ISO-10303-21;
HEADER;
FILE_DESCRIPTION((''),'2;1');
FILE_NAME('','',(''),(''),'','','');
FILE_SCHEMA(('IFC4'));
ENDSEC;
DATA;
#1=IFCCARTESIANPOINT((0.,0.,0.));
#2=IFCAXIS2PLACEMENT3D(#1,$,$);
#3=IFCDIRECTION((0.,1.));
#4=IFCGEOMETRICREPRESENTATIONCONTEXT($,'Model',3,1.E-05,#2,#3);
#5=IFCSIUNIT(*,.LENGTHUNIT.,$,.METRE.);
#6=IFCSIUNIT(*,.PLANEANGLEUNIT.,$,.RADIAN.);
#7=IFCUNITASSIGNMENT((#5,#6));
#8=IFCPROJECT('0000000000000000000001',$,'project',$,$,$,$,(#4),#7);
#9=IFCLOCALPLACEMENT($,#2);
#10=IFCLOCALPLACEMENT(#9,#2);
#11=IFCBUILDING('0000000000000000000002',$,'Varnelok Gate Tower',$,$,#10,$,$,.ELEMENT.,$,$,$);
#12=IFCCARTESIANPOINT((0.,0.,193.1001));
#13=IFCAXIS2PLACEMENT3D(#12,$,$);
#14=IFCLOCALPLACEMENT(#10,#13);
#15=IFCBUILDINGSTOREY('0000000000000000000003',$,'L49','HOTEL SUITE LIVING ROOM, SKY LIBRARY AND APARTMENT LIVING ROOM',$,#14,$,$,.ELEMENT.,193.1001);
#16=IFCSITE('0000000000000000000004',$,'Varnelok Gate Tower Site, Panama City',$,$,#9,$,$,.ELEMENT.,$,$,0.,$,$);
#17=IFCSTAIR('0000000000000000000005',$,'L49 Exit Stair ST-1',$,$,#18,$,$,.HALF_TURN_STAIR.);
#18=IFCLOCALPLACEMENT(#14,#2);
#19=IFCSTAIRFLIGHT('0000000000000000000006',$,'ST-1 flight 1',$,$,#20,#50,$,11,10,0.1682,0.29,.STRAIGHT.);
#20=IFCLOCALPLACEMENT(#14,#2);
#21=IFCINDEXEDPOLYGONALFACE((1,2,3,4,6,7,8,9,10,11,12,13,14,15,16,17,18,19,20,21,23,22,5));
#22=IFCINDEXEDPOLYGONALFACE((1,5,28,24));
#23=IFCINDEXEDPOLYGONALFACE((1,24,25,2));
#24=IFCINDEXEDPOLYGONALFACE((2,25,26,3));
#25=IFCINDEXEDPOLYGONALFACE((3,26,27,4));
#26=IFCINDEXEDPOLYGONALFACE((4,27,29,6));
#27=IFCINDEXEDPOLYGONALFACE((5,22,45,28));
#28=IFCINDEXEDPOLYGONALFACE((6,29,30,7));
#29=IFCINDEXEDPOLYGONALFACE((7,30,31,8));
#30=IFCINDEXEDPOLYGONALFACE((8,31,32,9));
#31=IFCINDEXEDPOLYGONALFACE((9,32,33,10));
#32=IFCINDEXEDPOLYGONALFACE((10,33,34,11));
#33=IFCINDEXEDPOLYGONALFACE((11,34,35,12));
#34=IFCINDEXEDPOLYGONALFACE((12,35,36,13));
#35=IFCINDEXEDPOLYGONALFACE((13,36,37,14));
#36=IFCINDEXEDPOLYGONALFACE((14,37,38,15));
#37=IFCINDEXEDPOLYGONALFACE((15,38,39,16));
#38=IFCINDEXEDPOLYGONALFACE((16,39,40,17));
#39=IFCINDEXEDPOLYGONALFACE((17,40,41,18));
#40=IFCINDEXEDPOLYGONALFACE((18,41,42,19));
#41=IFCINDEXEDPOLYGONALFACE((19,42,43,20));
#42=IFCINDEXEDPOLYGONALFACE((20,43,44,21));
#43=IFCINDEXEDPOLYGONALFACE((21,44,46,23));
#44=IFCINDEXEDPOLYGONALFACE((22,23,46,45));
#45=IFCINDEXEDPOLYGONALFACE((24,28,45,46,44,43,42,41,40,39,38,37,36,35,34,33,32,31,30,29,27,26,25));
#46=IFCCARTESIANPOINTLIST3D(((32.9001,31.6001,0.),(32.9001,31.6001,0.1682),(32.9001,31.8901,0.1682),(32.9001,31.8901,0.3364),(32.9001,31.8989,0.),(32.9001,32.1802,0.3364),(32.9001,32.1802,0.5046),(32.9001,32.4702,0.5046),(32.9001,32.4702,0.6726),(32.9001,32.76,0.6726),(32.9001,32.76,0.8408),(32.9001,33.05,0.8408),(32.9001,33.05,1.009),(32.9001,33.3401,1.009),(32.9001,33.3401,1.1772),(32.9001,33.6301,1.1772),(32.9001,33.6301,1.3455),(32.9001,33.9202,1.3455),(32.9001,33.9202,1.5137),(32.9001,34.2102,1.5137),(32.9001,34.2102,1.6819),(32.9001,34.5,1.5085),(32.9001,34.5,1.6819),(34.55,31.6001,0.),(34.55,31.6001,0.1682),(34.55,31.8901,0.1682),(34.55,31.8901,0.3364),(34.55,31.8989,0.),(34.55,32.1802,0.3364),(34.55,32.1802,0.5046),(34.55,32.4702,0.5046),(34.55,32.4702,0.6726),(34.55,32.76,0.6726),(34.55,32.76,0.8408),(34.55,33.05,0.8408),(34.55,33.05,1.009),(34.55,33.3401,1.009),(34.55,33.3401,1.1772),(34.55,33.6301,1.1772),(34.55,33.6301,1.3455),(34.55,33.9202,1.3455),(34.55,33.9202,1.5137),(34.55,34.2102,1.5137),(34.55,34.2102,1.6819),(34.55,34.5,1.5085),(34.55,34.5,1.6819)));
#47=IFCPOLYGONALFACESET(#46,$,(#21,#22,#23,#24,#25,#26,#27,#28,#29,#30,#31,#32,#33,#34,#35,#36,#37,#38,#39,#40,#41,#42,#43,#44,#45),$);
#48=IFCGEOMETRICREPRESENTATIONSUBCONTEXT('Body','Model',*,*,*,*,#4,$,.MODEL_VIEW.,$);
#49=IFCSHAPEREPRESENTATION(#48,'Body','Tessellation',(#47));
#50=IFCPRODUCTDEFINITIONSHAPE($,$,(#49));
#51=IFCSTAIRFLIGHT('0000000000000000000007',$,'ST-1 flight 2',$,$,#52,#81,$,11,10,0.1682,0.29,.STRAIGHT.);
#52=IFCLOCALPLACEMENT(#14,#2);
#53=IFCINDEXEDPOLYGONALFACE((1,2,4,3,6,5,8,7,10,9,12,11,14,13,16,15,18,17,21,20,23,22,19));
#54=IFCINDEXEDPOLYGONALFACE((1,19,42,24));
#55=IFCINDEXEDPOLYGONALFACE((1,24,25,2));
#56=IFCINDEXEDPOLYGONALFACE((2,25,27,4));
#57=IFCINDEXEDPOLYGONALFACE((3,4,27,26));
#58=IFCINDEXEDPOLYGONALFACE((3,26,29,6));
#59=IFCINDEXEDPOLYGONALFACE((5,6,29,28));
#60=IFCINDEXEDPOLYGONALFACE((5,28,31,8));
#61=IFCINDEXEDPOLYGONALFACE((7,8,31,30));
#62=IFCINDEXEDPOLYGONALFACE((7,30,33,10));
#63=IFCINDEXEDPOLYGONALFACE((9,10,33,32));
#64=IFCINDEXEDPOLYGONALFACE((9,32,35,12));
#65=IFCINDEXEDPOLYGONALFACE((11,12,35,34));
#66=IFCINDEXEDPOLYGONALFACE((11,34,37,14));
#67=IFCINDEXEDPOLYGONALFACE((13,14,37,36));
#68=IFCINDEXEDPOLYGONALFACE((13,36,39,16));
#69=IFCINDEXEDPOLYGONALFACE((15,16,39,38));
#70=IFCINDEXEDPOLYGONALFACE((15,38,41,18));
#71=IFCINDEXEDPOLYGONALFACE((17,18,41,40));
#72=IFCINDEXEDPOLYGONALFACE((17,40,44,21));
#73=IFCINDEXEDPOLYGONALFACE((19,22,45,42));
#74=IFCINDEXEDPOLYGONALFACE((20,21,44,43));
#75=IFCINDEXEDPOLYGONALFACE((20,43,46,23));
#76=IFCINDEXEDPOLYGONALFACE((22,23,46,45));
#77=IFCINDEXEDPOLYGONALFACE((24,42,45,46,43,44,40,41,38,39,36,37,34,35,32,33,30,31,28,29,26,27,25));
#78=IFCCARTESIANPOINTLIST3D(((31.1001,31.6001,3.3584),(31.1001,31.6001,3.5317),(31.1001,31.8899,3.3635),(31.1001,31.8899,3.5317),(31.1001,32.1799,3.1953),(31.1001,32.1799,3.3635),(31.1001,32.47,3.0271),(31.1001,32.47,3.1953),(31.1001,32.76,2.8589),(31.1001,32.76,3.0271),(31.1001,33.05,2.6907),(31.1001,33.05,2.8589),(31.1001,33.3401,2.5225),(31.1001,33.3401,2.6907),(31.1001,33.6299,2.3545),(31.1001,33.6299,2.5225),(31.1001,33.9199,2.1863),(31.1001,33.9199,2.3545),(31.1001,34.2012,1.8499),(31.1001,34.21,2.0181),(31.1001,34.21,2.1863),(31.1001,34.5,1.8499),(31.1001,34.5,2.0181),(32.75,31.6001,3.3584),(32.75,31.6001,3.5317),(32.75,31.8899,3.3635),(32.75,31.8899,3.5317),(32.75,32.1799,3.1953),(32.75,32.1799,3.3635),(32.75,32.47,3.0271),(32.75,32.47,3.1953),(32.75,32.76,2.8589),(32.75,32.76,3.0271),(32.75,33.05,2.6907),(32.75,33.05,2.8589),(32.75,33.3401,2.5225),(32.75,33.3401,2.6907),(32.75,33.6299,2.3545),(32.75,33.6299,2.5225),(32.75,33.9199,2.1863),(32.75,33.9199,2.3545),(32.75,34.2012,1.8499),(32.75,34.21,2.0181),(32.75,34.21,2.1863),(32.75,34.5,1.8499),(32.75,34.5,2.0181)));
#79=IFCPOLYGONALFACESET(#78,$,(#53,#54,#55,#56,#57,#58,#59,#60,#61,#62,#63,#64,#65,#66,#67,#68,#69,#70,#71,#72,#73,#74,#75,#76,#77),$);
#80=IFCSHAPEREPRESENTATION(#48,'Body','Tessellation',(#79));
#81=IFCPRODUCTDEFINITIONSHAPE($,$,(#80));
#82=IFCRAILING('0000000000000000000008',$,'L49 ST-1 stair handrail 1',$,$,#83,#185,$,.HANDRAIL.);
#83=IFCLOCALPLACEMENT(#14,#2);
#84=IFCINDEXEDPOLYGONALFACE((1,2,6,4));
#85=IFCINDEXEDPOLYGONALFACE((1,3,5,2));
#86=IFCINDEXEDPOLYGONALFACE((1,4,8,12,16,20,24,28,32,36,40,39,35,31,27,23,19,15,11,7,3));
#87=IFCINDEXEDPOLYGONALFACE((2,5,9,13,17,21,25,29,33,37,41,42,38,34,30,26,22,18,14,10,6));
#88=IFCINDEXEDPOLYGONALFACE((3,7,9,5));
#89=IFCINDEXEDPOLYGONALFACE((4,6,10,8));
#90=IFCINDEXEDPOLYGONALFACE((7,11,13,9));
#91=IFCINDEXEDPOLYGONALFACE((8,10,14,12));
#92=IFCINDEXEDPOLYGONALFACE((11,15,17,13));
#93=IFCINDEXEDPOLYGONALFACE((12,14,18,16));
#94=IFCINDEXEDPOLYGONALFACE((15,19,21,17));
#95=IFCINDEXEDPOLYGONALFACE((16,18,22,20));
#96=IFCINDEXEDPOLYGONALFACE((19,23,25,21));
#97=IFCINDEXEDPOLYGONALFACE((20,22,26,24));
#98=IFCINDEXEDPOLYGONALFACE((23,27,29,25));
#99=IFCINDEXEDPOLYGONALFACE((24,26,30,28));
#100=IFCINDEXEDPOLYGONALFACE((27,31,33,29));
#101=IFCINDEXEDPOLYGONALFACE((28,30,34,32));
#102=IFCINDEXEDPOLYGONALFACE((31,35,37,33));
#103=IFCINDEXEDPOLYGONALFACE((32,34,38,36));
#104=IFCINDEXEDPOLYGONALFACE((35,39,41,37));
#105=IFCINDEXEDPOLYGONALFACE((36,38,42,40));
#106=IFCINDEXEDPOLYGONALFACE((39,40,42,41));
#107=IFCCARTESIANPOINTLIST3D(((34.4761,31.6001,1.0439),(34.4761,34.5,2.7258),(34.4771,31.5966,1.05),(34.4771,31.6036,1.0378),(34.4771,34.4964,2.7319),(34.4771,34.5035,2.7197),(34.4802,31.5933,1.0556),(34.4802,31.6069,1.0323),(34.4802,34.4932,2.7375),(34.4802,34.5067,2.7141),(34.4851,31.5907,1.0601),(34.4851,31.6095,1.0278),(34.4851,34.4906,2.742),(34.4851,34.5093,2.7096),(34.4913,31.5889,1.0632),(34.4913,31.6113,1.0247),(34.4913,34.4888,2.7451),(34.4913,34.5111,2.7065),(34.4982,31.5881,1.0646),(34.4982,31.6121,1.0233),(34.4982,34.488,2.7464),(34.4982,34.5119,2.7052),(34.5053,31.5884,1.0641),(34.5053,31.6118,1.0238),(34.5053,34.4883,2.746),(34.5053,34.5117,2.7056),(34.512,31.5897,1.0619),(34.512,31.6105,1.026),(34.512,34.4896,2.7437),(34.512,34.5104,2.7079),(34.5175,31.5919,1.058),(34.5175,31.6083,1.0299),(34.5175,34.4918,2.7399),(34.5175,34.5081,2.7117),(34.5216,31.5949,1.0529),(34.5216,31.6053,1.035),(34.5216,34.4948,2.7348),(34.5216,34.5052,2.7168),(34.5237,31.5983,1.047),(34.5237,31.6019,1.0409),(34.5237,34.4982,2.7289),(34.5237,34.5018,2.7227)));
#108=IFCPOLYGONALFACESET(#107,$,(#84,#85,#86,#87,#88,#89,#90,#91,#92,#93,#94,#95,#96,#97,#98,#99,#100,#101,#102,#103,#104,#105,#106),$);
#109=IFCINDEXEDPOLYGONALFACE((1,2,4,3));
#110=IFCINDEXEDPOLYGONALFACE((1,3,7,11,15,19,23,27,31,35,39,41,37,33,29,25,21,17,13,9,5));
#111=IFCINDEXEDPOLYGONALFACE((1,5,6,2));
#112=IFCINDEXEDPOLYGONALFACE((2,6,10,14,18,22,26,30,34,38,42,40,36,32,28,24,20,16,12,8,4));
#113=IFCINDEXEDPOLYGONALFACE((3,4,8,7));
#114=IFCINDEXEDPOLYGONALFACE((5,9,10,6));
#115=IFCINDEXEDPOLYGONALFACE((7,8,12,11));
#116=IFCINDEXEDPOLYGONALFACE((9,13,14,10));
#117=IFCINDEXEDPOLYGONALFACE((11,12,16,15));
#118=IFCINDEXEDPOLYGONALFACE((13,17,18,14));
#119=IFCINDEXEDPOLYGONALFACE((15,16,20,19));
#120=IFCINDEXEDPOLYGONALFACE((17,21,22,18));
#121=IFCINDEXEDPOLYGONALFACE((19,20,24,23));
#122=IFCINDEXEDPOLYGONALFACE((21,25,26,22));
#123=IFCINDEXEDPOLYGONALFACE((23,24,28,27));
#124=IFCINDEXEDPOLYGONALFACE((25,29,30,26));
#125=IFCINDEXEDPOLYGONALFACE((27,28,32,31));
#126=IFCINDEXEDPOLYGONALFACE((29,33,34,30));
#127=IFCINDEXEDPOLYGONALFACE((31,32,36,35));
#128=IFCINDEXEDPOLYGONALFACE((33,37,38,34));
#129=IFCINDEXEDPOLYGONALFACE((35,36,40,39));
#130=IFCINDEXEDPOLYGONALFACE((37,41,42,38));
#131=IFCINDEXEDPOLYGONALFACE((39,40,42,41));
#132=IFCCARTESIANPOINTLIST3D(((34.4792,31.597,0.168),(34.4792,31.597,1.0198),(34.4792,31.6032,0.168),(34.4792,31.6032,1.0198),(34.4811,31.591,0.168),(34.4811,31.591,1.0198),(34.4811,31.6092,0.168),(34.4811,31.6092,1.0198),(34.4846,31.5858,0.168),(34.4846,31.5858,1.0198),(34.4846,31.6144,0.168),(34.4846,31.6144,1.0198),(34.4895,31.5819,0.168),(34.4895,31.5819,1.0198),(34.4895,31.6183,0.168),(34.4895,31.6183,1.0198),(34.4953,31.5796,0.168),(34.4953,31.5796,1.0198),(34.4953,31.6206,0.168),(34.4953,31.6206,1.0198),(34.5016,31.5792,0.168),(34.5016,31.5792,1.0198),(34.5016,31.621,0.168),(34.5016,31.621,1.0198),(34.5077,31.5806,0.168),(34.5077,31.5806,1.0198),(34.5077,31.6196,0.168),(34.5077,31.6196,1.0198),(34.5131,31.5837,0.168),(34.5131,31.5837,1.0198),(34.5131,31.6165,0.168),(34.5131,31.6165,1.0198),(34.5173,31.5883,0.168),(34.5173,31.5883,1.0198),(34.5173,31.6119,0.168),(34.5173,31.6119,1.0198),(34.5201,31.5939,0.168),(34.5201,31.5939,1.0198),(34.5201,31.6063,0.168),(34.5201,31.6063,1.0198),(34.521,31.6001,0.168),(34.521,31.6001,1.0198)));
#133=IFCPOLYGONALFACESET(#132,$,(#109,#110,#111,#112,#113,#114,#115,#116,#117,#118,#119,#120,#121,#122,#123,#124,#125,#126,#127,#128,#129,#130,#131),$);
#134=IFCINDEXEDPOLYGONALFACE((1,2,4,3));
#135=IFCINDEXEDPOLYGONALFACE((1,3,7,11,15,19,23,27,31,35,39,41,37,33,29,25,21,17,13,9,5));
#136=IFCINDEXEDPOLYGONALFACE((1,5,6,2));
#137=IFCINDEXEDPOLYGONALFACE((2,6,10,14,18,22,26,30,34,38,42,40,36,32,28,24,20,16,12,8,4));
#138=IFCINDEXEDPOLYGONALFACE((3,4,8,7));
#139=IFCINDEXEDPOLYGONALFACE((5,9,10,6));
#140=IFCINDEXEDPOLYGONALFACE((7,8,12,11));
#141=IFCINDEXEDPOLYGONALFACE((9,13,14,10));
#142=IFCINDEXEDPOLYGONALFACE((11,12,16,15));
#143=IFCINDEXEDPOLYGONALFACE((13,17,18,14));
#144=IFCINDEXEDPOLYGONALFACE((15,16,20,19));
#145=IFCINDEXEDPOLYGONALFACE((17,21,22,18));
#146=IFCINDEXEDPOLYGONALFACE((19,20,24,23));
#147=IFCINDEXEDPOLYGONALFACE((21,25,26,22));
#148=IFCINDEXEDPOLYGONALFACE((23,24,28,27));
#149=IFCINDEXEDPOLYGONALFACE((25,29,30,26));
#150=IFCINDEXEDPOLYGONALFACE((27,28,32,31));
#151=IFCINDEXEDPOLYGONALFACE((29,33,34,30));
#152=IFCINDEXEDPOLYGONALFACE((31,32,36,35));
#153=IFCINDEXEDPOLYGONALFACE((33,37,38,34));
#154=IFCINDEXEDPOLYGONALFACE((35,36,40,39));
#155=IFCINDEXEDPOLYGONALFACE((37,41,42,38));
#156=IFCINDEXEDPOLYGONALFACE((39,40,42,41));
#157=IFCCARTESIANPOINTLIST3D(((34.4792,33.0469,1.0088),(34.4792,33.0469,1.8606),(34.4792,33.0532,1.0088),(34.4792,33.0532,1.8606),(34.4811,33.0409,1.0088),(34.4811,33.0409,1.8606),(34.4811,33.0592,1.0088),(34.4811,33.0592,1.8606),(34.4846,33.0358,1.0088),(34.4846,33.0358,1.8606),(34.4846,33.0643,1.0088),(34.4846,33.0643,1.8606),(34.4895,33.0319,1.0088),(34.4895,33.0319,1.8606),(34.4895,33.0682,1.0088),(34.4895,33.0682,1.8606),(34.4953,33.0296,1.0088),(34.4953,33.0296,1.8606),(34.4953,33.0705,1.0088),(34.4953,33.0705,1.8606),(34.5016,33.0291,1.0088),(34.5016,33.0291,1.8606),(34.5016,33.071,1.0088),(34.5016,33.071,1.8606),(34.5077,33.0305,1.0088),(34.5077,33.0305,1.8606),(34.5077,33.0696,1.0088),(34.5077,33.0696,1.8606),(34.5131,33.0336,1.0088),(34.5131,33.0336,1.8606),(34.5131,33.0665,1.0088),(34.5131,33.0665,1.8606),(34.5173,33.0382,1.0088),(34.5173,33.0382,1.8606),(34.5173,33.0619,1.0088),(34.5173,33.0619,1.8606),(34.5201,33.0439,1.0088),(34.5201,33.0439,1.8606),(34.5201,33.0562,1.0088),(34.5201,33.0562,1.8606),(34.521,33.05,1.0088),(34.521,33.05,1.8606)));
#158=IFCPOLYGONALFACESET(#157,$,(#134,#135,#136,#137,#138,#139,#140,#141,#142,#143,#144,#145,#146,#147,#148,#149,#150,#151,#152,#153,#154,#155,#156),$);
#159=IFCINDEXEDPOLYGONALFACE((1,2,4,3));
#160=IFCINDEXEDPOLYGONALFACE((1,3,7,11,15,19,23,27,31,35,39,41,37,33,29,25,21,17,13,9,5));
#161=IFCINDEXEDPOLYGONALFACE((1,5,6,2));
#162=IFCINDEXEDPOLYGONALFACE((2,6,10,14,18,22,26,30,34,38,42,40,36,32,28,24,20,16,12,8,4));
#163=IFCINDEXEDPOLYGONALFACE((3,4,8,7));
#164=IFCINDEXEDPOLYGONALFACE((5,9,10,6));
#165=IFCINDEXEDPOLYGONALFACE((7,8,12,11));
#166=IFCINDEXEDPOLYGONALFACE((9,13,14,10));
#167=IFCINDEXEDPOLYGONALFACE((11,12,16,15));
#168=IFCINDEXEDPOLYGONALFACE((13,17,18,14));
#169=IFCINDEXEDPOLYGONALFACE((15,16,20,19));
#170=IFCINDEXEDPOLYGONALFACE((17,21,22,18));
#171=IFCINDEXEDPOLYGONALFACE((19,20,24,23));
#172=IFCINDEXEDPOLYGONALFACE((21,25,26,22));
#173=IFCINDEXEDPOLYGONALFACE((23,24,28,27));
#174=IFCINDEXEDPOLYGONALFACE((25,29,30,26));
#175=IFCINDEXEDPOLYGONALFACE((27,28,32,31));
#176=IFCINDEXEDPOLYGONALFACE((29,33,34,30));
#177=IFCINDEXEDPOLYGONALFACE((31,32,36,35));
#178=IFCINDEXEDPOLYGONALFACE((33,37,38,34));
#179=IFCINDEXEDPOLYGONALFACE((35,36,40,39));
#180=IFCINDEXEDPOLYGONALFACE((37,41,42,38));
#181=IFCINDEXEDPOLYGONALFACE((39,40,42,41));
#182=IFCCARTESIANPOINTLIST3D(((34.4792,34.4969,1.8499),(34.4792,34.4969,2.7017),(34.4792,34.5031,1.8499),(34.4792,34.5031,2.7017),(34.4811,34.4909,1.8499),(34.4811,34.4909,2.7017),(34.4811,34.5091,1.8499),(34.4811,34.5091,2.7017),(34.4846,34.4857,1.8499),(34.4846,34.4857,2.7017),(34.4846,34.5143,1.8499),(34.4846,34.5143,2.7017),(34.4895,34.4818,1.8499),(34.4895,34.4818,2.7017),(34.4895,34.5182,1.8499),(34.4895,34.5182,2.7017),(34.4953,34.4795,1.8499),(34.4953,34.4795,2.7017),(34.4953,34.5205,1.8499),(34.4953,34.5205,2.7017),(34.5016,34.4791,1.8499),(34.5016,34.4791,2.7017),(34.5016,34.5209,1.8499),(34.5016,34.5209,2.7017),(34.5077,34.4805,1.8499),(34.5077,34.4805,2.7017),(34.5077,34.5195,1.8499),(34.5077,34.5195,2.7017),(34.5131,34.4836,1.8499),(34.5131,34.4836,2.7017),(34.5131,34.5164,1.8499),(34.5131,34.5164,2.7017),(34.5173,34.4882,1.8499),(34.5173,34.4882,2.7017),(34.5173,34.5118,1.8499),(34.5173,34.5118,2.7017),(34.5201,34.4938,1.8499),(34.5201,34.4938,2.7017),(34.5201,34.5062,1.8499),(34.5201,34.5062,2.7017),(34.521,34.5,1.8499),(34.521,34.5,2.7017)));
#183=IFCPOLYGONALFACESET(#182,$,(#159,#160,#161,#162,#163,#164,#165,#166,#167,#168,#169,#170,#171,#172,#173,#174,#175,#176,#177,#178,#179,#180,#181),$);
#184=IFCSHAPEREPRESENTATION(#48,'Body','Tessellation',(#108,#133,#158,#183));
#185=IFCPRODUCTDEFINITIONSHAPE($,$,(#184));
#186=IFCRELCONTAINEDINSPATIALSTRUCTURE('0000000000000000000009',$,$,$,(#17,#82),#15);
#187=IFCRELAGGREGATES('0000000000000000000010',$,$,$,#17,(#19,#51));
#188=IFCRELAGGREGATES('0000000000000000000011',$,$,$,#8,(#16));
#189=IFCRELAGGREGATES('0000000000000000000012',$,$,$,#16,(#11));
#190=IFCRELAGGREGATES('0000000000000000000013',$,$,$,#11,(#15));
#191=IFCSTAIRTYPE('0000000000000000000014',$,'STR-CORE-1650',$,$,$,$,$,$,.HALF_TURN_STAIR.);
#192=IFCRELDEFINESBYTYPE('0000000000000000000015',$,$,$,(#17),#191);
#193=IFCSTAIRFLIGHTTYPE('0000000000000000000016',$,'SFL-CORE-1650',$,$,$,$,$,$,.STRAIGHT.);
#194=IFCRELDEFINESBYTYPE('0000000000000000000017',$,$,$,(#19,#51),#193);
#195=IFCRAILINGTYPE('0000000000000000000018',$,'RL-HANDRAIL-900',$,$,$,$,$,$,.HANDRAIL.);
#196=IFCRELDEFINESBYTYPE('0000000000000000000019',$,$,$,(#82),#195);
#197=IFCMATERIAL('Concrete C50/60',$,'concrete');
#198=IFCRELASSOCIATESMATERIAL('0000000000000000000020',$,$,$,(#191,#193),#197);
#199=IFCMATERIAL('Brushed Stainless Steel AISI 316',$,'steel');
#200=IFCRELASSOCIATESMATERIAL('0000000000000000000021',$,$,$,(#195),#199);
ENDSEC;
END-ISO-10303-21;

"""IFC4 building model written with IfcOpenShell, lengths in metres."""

from ifc_helpers import new_model, si_unit, direction, frame, origin, origin_2d, place, context, subcontext, project, spatial, polyline, circle, outline, extrude, material, type_object, element, aggregate, save


model = new_model("IFC4")

# Units and contexts
model_context = context("Model", 3, precision=1e-05, world=origin(), true_north=direction((0.0, 1.0)))
body_context = subcontext(model_context, "Body", "Model", "MODEL_VIEW")
ifc_project = project(units=[si_unit("LENGTHUNIT", "METRE"), si_unit("PLANEANGLEUNIT", "RADIAN")], contexts=[model_context])

# Site, building, storey
site_placement = place(None, origin())
site = spatial("IfcSite", under=ifc_project, at=site_placement, Name="Varnelok Gate Tower Site, Panama City", CompositionType="ELEMENT", RefElevation=0.0)
building_placement = place(site_placement, origin())
building = spatial("IfcBuilding", under=site, at=building_placement, Name="Varnelok Gate Tower", CompositionType="ELEMENT")
storey_placement = place(building_placement, frame((0.0, 0.0, 193.1001)))
storey = spatial("IfcBuildingStorey", under=building, at=storey_placement, Name="L49", Description="HOTEL SUITE LIVING ROOM, SKY LIBRARY AND APARTMENT LIVING ROOM", CompositionType="ELEMENT", Elevation=193.1001)

# Stair, stair flights
ifc_material_1 = material(Name="Concrete C50/60", Category="concrete")
stair_type = type_object("IfcStairType", Name="STR-CORE-1650", PredefinedType="HALF_TURN_STAIR", material=ifc_material_1)
stair_placement = place(storey_placement, origin())
stair = element("IfcStair", 1, at=stair_placement, inside=storey, type_object=stair_type, Name="L49 Exit Stair ST-1", PredefinedType="HALF_TURN_STAIR")
stair_flight_type = type_object("IfcStairFlightType", Name="SFL-CORE-1650", PredefinedType="STRAIGHT", material=ifc_material_1)
stair_flight_1_placement = place(storey_placement, frame((33.7251, 31.6001, 0.0), z_axis=(0.0, 0.0, 1.0), x_axis=(0.0, 1.0, 0.0)))
stair_flight_1 = element("IfcStairFlight", 2, at=stair_flight_1_placement, type_object=stair_flight_type, Name="ST-1 flight 1", NumberOfRisers=11, NumberOfTreads=10, PredefinedType="STRAIGHT", RiserHeight=0.1682, TreadLength=0.29, context=body_context, shape_type="SweptSolid", body=[
    extrude(outline(polyline([(0.0, 0.0), (0.0, 0.1682), (0.29, 0.1682), (0.29, 0.3364), (0.5801, 0.3364), (0.5801, 0.5046), (0.8701, 0.5046), (0.8701, 0.6726), (1.1599, 0.6726), (1.1599, 0.8408), (1.45, 0.8408), (1.45, 1.009), (1.74, 1.009), (1.74, 1.1772), (2.03, 1.1772), (2.03, 1.3455), (2.3201, 1.3455), (2.3201, 1.5137), (2.6101, 1.5137), (2.6101, 1.6819), (2.8999, 1.6819), (2.8999, 1.8501), (2.8999, 1.5085), (0.2988, 0.0), (0.0, 0.0)])), frame((0.0, 0.825, 0.0), z_axis=(0.0, -1.0, 0.0), x_axis=(1.0, 0.0, 0.0)), (0.0, 0.0, 1.0), 1.6499),
])
stair_flight_2_placement = place(storey_placement, frame((31.925, 34.5, 1.8499), z_axis=(0.0, 0.0, 1.0), x_axis=(0.0, -1.0, 0.0)))
stair_flight_2 = element("IfcStairFlight", 3, at=stair_flight_2_placement, type_object=stair_flight_type, Name="ST-1 flight 2", NumberOfRisers=11, NumberOfTreads=10, PredefinedType="STRAIGHT", RiserHeight=0.1682, TreadLength=0.29, context=body_context, shape_type="SweptSolid", body=[
    extrude(outline(polyline([(0.0, 0.0), (0.0, 0.1682), (0.29, 0.1682), (0.29, 0.3364), (0.5801, 0.3364), (0.5801, 0.5046), (0.8701, 0.5046), (0.8701, 0.6726), (1.1599, 0.6726), (1.1599, 0.8408), (1.45, 0.8408), (1.45, 1.009), (1.74, 1.009), (1.74, 1.1772), (2.03, 1.1772), (2.03, 1.3455), (2.3201, 1.3455), (2.3201, 1.5137), (2.6101, 1.5137), (2.6101, 1.6819), (2.8999, 1.6819), (2.8999, 1.8501), (2.8999, 1.5085), (0.2988, 0.0), (0.0, 0.0)])), frame((0.0, 0.825, 0.0), z_axis=(0.0, -1.0, 0.0), x_axis=(1.0, 0.0, 0.0)), (0.0, 0.0, 1.0), 1.6499),
])
aggregate(stair, [stair_flight_1, stair_flight_2])

# Railing
ifc_material_2 = material(Name="Brushed Stainless Steel AISI 316", Category="steel")
railing_type_1 = type_object("IfcRailingType", Name="RL-HANDRAIL-900", PredefinedType="HANDRAIL", material=ifc_material_2)
railing_1_placement = place(storey_placement, frame((34.5, 31.6001, 0.168)))
element("IfcRailing", 4, at=railing_1_placement, inside=storey, type_object=railing_type_1, Name="L49 ST-1 stair handrail 1", PredefinedType="HANDRAIL", context=body_context, shape_type="SweptSolid", body=[
    extrude(circle(Radius=0.0239, at=origin_2d()), frame((0.0, 0.0, 0.876), z_axis=(0.0, 0.865039, 0.501705), x_axis=(-1.0, 0.0, 0.0)), (0.0, 0.0, 1.0), 3.3523),
    extrude(circle(Radius=0.021, at=origin_2d()), origin(), (0.0, 0.0, 1.0), 0.8518),
    extrude(circle(Radius=0.021, at=origin_2d()), frame((0.0, 1.45, 0.8408)), (0.0, 0.0, 1.0), 0.8518),
    extrude(circle(Radius=0.021, at=origin_2d()), frame((0.0, 2.8999, 1.6819)), (0.0, 0.0, 1.0), 0.8518),
])

save(model, "model.ifc")
